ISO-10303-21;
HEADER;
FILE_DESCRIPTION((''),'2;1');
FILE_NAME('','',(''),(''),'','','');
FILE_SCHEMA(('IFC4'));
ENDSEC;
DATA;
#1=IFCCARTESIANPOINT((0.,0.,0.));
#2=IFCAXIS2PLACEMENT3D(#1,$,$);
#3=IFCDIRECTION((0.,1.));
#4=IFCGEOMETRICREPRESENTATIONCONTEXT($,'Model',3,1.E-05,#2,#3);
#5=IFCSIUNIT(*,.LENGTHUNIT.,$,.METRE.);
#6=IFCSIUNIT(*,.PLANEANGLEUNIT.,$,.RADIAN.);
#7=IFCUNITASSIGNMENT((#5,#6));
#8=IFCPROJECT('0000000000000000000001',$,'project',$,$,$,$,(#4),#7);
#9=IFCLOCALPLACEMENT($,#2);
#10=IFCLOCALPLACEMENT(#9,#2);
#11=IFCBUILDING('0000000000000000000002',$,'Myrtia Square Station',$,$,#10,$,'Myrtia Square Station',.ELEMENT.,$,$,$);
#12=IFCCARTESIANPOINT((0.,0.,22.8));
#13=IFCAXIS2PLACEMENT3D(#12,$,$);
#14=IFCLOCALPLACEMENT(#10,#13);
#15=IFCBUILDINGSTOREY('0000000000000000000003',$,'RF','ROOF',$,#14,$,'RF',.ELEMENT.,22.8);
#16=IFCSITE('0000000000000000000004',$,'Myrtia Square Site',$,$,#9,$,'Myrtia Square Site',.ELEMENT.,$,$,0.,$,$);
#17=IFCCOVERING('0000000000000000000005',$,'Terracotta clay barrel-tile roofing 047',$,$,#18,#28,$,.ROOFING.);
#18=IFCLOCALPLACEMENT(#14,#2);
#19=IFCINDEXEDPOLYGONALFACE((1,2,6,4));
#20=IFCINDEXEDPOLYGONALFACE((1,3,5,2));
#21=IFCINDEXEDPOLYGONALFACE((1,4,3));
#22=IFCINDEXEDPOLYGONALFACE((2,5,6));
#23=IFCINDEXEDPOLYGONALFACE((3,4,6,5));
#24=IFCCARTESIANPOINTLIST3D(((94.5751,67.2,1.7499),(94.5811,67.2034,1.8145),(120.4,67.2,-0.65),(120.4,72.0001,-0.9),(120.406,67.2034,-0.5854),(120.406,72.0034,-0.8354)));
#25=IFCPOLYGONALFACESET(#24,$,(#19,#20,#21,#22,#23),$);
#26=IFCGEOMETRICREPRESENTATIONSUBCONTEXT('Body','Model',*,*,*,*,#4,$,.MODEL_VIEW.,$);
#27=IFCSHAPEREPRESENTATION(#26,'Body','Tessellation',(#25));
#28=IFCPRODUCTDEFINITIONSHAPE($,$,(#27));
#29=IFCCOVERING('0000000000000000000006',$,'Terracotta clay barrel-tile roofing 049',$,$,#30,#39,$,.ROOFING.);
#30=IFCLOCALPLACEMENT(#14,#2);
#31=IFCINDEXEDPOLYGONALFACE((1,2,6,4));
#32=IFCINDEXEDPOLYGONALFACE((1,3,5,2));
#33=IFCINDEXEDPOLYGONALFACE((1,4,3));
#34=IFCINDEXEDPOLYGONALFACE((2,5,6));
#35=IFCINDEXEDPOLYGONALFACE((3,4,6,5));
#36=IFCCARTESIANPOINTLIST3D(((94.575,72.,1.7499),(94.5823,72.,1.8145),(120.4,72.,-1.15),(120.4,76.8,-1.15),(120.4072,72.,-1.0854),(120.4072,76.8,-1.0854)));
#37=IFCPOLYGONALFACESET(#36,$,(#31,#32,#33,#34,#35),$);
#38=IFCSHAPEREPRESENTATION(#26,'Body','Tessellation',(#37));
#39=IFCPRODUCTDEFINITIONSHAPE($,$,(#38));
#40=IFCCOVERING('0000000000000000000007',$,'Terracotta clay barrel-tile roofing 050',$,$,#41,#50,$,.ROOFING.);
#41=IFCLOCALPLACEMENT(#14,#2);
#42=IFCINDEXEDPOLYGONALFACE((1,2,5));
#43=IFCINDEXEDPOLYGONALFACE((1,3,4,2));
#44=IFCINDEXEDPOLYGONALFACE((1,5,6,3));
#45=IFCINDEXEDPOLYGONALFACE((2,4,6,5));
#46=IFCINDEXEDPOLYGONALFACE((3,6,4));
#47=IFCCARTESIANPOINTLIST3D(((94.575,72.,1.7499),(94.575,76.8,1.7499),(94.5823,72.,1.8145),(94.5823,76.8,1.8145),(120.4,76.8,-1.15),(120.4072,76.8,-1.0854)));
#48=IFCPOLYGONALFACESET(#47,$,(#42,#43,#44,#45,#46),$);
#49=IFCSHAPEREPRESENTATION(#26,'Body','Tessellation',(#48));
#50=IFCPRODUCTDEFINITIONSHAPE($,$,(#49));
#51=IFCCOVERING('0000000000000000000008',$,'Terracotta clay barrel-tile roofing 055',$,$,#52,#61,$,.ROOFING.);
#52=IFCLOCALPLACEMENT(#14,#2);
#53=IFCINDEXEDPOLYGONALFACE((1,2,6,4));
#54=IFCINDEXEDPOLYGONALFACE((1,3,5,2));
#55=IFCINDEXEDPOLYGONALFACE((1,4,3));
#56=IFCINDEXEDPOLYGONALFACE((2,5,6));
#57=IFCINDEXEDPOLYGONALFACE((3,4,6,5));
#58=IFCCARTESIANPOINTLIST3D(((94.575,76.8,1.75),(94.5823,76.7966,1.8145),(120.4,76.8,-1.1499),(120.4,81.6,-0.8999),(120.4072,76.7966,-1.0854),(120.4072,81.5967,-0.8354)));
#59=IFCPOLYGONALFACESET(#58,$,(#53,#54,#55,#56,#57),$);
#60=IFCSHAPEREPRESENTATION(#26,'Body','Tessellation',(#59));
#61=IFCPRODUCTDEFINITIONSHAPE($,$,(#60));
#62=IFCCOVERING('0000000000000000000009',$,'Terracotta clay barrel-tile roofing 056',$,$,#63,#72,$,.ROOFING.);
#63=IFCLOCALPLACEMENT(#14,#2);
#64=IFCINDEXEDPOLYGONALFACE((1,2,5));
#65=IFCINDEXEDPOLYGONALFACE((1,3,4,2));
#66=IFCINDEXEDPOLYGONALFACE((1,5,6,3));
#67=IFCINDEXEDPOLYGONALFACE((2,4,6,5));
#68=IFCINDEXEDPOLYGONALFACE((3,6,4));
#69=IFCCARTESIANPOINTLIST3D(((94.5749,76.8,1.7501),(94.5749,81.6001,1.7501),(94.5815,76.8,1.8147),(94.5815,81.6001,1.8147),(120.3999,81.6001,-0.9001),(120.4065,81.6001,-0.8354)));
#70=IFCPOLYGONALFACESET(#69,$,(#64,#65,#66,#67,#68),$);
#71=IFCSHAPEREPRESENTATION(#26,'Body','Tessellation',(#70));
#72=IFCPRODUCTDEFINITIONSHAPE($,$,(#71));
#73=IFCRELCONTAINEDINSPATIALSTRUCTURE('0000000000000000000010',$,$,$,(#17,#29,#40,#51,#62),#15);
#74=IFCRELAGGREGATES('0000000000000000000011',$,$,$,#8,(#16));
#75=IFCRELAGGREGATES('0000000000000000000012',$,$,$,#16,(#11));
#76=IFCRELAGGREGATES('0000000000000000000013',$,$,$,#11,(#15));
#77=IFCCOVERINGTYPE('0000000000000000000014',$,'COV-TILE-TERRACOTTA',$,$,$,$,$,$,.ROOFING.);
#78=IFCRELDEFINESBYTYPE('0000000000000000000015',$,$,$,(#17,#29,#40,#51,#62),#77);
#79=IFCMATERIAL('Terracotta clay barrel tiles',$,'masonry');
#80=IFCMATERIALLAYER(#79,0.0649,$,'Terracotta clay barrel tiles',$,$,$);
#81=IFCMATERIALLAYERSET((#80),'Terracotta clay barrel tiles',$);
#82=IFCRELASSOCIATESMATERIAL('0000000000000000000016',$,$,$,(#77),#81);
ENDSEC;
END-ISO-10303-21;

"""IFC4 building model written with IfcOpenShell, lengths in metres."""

from ifc_helpers import new_model, si_unit, direction, frame, origin, place, context, subcontext, project, spatial, polyline, outline, extrude, material, layer, layer_set, type_object, element, save


model = new_model("IFC4")

# Units and contexts
model_context = context("Model", 3, precision=1e-05, world=origin(), true_north=direction((0.0, 1.0)))
body_context = subcontext(model_context, "Body", "Model", "MODEL_VIEW")
ifc_project = project(units=[si_unit("LENGTHUNIT", "METRE"), si_unit("PLANEANGLEUNIT", "RADIAN")], contexts=[model_context])

# Site, building, storey
site_placement = place(None, origin())
site = spatial("IfcSite", under=ifc_project, at=site_placement, Name="Myrtia Square Site", LongName="Myrtia Square Site", CompositionType="ELEMENT", RefElevation=0.0)
building_placement = place(site_placement, origin())
building = spatial("IfcBuilding", under=site, at=building_placement, Name="Myrtia Square Station", LongName="Myrtia Square Station", CompositionType="ELEMENT")
storey_placement = place(building_placement, frame((0.0, 0.0, 22.8)))
storey = spatial("IfcBuildingStorey", under=building, at=storey_placement, Name="RF", Description="ROOF", LongName="RF", CompositionType="ELEMENT", Elevation=22.8)

# Coverings
ifc_material_1 = material(Name="Terracotta clay barrel tiles", Category="masonry")
ifc_layer_1 = layer(ifc_material_1, 0.0649, Name="Terracotta clay barrel tiles")
ifc_layer_set_1 = layer_set([ifc_layer_1], Name="Terracotta clay barrel tiles")
covering_type = type_object("IfcCoveringType", Name="COV-TILE-TERRACOTTA", PredefinedType="ROOFING", material=ifc_layer_set_1)
covering_1_placement = place(storey_placement, frame((94.5811, 67.2034, 1.8145), z_axis=(0.092407, 0.05179, 0.994374), x_axis=(0.99571, 0.0, -0.092531)))
element("IfcCovering", 1, at=covering_1_placement, inside=storey, type_object=covering_type, Name="Terracotta clay barrel-tile roofing 047", PredefinedType="ROOFING", context=body_context, shape_type="SweptSolid", body=[
    extrude(outline(polyline([(0.0, 0.0), (25.9362, 0.0), (25.9594, 4.8065), (0.0, 0.0)])), origin(), (0.0, 0.0, -1.0), 0.0649),
])
covering_2_placement = place(storey_placement, frame((94.5823, 72.0, 1.8145), z_axis=(0.111589, 0.0, 0.993754), x_axis=(0.993754, 0.0, -0.111589)))
element("IfcCovering", 2, at=covering_2_placement, inside=storey, type_object=covering_type, Name="Terracotta clay barrel-tile roofing 049", PredefinedType="ROOFING", context=body_context, shape_type="SweptSolid", body=[
    extrude(outline(polyline([(0.0, 0.0), (25.9873, 0.0), (25.9873, 4.8), (0.0, 0.0)])), origin(), (0.0, 0.0, -1.0), 0.0649),
])
covering_3_placement = place(storey_placement, frame((94.5823, 72.0, 1.8145), z_axis=(0.111589, 0.0, 0.993754), x_axis=(0.977224, 0.181635, -0.109733)))
element("IfcCovering", 3, at=covering_3_placement, inside=storey, type_object=covering_type, Name="Terracotta clay barrel-tile roofing 050", PredefinedType="ROOFING", context=body_context, shape_type="SweptSolid", body=[
    extrude(outline(polyline([(0.0, 0.0), (26.4268, 0.0), (0.8719, 4.7202), (0.0, 0.0)])), origin(), (0.0, 0.0, -1.0), 0.0649),
])
covering_4_placement = place(storey_placement, frame((94.5823, 76.7966, 1.8145), z_axis=(0.11144, -0.051688, 0.992426), x_axis=(0.993754, 0.0, -0.111589)))
element("IfcCovering", 4, at=covering_4_placement, inside=storey, type_object=covering_type, Name="Terracotta clay barrel-tile roofing 055", PredefinedType="ROOFING", context=body_context, shape_type="SweptSolid", body=[
    extrude(outline(polyline([(0.0, 0.0), (25.9873, 0.0), (25.9594, 4.8065), (0.0, 0.0)])), origin(), (0.0, 0.0, -1.0), 0.0649),
])
covering_5_placement = place(storey_placement, frame((94.5815, 76.8, 1.8147), z_axis=(0.102084, 0.0, 0.994776), x_axis=(0.978195, 0.181816, -0.100382)))
element("IfcCovering", 5, at=covering_5_placement, inside=storey, type_object=covering_type, Name="Terracotta clay barrel-tile roofing 056", PredefinedType="ROOFING", context=body_context, shape_type="SweptSolid", body=[
    extrude(outline(polyline([(0.0, 0.0), (26.4006, 0.0), (0.8727, 4.72), (0.0, 0.0)])), origin(), (0.0, 0.0, -1.0), 0.0649),
])

save(model, "model.ifc")
